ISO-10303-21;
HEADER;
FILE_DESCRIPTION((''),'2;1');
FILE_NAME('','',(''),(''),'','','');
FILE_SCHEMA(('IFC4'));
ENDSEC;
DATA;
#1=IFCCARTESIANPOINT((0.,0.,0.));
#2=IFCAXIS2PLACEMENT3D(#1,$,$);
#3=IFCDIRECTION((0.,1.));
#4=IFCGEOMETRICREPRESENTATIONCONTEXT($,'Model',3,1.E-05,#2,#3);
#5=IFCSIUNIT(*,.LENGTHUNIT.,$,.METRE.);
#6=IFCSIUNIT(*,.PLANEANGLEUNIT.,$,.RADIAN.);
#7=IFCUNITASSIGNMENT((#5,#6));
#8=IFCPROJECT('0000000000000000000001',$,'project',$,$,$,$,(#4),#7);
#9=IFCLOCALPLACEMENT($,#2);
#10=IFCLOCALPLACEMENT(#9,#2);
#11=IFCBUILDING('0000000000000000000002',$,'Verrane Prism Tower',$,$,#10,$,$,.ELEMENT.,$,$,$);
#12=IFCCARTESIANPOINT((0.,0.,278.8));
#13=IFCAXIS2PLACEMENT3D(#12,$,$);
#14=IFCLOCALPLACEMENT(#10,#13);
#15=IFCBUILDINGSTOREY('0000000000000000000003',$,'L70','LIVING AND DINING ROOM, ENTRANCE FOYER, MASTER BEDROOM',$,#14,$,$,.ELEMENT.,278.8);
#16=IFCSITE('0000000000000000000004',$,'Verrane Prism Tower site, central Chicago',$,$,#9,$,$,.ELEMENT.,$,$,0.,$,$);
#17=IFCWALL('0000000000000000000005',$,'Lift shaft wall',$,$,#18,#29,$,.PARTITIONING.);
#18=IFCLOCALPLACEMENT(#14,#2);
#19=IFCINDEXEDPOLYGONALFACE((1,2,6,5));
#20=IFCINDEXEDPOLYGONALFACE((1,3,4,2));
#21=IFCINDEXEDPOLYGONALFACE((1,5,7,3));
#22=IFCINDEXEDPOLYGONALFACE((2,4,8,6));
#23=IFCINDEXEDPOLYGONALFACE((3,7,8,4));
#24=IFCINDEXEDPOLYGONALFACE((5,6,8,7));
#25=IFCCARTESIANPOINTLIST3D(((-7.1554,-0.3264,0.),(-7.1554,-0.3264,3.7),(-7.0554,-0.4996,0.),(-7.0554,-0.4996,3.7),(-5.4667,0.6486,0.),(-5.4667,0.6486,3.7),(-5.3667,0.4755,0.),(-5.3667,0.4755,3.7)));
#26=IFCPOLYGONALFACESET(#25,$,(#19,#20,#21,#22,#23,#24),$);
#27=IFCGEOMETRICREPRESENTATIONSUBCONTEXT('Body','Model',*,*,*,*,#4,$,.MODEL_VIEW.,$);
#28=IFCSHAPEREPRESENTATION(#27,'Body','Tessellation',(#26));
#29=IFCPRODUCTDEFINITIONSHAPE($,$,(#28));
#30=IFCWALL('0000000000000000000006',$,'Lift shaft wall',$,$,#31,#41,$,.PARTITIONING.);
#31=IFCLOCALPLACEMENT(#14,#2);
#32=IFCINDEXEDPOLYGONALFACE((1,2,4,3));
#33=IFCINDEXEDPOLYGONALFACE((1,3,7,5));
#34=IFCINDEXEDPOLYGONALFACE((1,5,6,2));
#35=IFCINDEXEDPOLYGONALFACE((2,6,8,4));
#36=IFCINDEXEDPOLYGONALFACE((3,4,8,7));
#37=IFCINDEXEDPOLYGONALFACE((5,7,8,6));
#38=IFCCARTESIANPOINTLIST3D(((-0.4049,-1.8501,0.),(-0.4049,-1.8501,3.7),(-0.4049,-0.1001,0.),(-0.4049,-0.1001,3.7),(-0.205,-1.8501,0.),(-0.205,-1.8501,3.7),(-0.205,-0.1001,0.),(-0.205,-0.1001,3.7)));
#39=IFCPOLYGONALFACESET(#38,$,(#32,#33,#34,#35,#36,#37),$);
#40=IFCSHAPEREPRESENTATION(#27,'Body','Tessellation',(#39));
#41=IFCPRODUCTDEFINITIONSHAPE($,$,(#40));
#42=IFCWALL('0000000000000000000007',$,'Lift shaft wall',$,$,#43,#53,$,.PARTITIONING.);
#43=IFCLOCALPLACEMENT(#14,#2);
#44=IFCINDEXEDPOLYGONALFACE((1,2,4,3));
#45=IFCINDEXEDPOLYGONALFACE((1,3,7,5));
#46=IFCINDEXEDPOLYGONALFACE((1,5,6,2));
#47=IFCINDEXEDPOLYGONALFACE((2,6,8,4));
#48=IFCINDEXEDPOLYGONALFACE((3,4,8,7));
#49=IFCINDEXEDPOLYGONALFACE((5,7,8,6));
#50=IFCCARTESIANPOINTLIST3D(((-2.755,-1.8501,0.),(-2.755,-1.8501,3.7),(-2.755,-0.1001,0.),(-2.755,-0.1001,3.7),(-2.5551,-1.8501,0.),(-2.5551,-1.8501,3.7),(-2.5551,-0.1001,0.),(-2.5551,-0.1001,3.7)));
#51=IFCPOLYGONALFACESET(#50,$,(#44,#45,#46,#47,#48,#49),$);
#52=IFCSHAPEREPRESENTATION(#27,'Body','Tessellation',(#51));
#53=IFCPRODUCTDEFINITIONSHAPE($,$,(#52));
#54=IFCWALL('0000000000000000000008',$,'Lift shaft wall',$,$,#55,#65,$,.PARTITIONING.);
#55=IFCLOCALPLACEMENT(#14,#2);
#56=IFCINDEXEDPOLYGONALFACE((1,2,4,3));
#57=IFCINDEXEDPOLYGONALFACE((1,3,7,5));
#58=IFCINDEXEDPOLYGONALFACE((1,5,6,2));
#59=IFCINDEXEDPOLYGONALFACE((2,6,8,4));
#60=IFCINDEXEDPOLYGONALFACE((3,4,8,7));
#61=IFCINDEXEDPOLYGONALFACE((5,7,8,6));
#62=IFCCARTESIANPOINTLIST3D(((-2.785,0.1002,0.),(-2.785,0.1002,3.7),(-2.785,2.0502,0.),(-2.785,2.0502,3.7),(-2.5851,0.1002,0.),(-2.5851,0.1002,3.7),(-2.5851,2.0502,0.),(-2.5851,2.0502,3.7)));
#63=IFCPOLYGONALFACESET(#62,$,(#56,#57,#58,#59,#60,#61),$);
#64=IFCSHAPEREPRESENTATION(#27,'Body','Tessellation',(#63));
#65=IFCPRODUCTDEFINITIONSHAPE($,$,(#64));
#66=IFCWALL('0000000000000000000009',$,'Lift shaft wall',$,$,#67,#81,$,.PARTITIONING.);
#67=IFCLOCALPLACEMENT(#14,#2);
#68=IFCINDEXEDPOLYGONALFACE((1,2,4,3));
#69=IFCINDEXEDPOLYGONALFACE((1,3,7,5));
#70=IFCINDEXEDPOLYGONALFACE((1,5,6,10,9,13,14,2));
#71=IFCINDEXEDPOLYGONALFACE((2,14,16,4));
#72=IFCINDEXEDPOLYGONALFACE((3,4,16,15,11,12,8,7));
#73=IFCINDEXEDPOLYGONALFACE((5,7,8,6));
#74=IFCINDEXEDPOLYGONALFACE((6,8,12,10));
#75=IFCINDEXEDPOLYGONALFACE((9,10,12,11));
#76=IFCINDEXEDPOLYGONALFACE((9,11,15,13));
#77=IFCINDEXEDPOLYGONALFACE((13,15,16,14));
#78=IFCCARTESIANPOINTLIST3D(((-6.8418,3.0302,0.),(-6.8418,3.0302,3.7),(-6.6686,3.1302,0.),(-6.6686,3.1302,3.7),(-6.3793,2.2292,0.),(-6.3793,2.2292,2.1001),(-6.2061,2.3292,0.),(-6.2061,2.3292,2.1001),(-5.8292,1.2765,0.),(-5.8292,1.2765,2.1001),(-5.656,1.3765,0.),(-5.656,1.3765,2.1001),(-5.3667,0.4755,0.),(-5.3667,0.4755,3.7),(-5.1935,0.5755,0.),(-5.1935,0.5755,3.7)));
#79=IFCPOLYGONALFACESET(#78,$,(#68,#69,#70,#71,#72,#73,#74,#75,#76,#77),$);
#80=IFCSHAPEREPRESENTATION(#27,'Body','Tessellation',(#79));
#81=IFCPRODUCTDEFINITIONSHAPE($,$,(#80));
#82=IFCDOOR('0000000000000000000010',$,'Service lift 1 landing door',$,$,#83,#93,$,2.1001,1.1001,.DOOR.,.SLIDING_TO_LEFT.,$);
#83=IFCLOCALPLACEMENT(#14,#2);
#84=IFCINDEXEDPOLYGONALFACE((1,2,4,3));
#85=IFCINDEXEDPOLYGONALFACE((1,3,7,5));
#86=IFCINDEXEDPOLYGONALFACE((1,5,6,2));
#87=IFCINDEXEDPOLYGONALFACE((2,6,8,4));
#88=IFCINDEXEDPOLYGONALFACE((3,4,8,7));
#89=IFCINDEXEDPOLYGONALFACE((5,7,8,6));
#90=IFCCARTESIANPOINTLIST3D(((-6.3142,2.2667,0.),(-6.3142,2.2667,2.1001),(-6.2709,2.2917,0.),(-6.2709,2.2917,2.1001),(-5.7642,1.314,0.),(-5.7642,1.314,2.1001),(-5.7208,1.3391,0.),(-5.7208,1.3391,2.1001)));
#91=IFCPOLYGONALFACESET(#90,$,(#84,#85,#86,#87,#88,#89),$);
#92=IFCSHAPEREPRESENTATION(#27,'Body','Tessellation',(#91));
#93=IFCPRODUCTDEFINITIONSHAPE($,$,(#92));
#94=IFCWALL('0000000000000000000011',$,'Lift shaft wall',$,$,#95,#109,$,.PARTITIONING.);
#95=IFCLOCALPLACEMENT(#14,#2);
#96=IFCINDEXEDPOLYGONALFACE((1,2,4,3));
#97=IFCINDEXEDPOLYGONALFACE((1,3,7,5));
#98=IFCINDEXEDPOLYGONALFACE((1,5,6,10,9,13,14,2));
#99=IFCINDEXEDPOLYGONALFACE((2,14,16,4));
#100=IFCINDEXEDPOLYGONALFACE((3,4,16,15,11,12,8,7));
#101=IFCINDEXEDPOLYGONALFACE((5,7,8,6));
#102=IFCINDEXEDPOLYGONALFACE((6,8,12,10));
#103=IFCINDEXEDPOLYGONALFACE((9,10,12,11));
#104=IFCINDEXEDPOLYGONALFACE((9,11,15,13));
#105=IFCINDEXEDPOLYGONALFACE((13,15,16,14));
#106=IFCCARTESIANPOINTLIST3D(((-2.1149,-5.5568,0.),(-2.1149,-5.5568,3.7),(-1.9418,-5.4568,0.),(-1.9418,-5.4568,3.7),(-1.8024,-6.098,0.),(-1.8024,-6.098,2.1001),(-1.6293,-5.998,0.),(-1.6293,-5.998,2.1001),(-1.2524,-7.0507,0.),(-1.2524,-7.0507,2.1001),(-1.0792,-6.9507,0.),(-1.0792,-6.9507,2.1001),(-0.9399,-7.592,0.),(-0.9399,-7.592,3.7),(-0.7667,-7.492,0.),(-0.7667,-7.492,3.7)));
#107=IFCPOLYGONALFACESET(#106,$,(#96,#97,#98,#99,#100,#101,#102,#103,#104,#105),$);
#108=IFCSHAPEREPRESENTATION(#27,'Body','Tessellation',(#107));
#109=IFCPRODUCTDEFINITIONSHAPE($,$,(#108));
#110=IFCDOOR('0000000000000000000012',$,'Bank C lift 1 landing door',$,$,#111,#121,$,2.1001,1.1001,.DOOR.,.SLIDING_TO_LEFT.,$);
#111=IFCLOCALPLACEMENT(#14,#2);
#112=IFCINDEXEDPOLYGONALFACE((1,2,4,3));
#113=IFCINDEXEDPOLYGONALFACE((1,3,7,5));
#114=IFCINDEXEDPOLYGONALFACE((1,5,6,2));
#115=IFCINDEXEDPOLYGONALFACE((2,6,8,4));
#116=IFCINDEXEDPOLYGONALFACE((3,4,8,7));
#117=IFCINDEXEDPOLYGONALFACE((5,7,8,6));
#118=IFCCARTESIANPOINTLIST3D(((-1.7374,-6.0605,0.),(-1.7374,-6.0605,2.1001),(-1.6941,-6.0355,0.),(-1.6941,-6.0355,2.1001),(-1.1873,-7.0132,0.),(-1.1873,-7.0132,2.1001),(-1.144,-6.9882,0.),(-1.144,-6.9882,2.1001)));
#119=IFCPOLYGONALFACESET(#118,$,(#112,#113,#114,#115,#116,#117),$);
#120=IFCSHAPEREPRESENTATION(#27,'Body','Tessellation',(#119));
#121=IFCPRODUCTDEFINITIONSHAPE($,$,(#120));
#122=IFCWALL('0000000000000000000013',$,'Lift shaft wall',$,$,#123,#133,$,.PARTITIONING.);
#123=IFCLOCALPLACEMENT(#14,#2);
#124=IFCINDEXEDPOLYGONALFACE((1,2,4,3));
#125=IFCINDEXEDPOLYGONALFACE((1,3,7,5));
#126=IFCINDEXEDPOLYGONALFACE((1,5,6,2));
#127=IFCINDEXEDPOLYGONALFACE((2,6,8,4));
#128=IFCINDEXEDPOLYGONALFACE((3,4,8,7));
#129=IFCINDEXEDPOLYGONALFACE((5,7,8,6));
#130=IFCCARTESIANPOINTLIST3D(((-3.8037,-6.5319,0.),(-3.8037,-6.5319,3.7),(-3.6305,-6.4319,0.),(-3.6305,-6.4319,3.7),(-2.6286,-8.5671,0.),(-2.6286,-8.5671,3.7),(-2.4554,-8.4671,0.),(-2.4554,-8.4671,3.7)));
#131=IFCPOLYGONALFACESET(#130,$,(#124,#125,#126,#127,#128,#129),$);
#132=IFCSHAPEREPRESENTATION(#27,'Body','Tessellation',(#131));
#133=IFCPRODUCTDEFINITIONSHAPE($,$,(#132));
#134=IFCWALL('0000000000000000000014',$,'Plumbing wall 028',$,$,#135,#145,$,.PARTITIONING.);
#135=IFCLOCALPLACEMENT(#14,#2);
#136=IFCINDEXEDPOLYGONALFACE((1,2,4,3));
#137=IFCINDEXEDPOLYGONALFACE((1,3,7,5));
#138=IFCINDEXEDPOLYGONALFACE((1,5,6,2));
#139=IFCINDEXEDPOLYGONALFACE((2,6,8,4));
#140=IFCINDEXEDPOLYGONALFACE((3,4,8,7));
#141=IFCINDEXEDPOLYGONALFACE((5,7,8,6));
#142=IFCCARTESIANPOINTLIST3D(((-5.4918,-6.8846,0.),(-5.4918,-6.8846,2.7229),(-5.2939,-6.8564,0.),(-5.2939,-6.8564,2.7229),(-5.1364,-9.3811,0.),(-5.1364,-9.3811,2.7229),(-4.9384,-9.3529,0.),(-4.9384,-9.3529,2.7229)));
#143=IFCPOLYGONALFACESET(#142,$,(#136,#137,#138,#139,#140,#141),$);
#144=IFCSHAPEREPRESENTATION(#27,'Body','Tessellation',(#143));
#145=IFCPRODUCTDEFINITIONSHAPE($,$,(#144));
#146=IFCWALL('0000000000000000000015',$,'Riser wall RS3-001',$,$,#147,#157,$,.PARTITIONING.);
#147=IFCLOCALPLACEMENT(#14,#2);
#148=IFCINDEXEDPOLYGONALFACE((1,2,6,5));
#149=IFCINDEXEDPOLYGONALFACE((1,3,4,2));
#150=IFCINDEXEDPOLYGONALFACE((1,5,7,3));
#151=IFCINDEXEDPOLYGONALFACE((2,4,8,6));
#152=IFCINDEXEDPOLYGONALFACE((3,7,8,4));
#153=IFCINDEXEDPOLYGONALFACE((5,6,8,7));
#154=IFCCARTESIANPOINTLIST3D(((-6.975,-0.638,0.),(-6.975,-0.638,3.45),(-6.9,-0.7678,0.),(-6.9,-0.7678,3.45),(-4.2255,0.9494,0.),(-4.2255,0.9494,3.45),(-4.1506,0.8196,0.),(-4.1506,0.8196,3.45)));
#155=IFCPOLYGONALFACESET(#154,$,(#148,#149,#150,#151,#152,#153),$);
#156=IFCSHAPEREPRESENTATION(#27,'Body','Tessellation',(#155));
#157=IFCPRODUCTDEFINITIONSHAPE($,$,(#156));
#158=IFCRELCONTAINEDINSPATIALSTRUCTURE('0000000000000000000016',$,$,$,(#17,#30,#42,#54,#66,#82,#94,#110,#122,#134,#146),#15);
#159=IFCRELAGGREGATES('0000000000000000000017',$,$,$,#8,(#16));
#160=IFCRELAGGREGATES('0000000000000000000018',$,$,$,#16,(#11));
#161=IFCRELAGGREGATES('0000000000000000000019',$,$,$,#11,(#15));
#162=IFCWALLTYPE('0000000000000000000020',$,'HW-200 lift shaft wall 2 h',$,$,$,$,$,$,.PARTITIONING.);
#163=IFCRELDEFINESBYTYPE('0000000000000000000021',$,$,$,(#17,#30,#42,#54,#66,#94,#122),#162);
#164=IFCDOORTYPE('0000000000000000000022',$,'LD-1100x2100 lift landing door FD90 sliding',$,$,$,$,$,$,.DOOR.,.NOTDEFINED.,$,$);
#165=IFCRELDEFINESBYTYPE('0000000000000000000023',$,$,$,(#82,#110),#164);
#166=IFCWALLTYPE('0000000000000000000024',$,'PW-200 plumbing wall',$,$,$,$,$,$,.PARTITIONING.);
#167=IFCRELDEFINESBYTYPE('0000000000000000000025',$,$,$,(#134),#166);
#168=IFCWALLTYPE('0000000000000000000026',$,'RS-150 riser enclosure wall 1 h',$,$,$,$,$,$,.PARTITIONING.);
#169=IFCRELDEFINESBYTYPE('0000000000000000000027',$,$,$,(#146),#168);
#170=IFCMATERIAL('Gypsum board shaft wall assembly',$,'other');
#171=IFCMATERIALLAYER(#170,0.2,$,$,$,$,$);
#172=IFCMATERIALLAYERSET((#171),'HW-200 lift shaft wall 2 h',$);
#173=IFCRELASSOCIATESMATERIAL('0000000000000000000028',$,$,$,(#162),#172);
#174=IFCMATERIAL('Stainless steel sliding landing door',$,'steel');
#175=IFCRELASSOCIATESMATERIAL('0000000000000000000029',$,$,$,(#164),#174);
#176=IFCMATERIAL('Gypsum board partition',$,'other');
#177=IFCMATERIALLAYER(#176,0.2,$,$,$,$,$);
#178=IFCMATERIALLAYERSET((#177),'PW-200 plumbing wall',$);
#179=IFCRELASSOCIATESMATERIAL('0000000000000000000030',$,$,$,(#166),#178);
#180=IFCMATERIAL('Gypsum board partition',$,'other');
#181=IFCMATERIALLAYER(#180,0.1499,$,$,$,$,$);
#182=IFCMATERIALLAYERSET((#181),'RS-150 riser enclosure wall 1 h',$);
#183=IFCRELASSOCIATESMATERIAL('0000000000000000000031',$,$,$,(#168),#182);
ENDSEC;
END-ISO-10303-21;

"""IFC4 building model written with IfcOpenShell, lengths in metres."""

from ifc_helpers import new_model, si_unit, direction, frame, frame_2d, origin, place, context, subcontext, project, spatial, rectangle, extrude, material, layer, layer_set, type_object, element, fill, save


model = new_model("IFC4")

# Units and contexts
model_context = context("Model", 3, precision=1e-05, world=origin(), true_north=direction((0.0, 1.0)))
body_context = subcontext(model_context, "Body", "Model", "MODEL_VIEW")
ifc_project = project(units=[si_unit("LENGTHUNIT", "METRE"), si_unit("PLANEANGLEUNIT", "RADIAN")], contexts=[model_context])

# Site, building, storey
site_placement = place(None, origin())
site = spatial("IfcSite", under=ifc_project, at=site_placement, Name="Verrane Prism Tower site, central Chicago", CompositionType="ELEMENT", RefElevation=0.0)
building_placement = place(site_placement, origin())
building = spatial("IfcBuilding", under=site, at=building_placement, Name="Verrane Prism Tower", CompositionType="ELEMENT")
storey_placement = place(building_placement, frame((0.0, 0.0, 278.8)))
storey = spatial("IfcBuildingStorey", under=building, at=storey_placement, Name="L70", Description="LIVING AND DINING ROOM, ENTRANCE FOYER, MASTER BEDROOM", CompositionType="ELEMENT", Elevation=278.8)

# Shared definitions
ifc_material_1 = material(Name="Gypsum board shaft wall assembly", Category="other")
ifc_layer_1 = layer(ifc_material_1, 0.2)
ifc_layer_set_1 = layer_set([ifc_layer_1], Name="HW-200 lift shaft wall 2 h")
wall_type_1 = type_object("IfcWallType", Name="HW-200 lift shaft wall 2 h", PredefinedType="PARTITIONING", material=ifc_layer_set_1)
ifc_material_2 = material(Name="Stainless steel sliding landing door", Category="steel")
door_type_1 = type_object("IfcDoorType", Name="LD-1100x2100 lift landing door FD90 sliding", OperationType="NOTDEFINED", PredefinedType="DOOR", material=ifc_material_2)

# Walls
wall_1_placement = place(storey_placement, frame((-7.1055, -0.4131, 0.0), z_axis=(0.0, 0.0, 1.0), x_axis=(0.866, 0.500044, 0.0)))
element("IfcWall", 1, at=wall_1_placement, inside=storey, type_object=wall_type_1, Name="Lift shaft wall", PredefinedType="PARTITIONING", context=body_context, shape_type="SweptSolid", body=[
    extrude(rectangle(XDim=1.95, YDim=0.2, at=frame_2d((0.9751, 0.0))), origin(), (0.0, 0.0, 1.0), 3.7),
])
for number, where, z_axis, x_axis, name in (
    (2, (-0.3049, -1.8501, 0.0), (0.0, 0.0, 1.0), (0.0, 1.0, 0.0), "Lift shaft wall"),
    (3, (-2.655, -1.8501, 0.0), (0.0, 0.0, 1.0), (0.0, 1.0, 0.0), "Lift shaft wall"),
):
    element("IfcWall", number, at=place(storey_placement, frame(where, z_axis=z_axis, x_axis=x_axis)), inside=storey, type_object=wall_type_1, Name=name, PredefinedType="PARTITIONING", context=body_context, shape_type="SweptSolid", body=[
        extrude(rectangle(XDim=1.75, YDim=0.2, at=frame_2d((0.875, 0.0))), origin(), (0.0, 0.0, 1.0), 3.7),
    ])
wall_2_placement = place(storey_placement, frame((-2.6851, 0.1001, 0.0), z_axis=(0.0, 0.0, 1.0), x_axis=(0.0, 1.0, 0.0)))
element("IfcWall", 4, at=wall_2_placement, inside=storey, type_object=wall_type_1, Name="Lift shaft wall", PredefinedType="PARTITIONING", context=body_context, shape_type="SweptSolid", body=[
    extrude(rectangle(XDim=1.95, YDim=0.2, at=frame_2d((0.9751, 0.0))), origin(), (0.0, 0.0, 1.0), 3.7),
])

# Walls, openings, doors
wall_3_placement = place(storey_placement, frame((-5.28, 0.5254, 0.0), z_axis=(0.0, 0.0, 1.0), x_axis=(-0.500038, 0.866004, 0.0)))
wall_3 = element("IfcWall", 5, at=wall_3_placement, inside=storey, type_object=wall_type_1, Name="Lift shaft wall", PredefinedType="PARTITIONING", context=body_context, shape_type="SweptSolid", body=[
    extrude(rectangle(XDim=2.95, YDim=0.2, at=frame_2d((1.4751, 0.0))), origin(), (0.0, 0.0, 1.0), 3.7),
])
opening_1_placement = place(wall_3_placement, frame((0.925, 0.0, 0.0)))
opening_1 = element("IfcOpeningElement", 6, at=opening_1_placement, cuts=wall_3, PredefinedType="OPENING", context=body_context, shape_type="SweptSolid", body=[
    extrude(rectangle(XDim=1.1001, YDim=2.1001, at=frame_2d((0.55, 1.05))), frame((0.0, 0.1099, 0.0), z_axis=(0.0, -1.0, 0.0), x_axis=(1.0, 0.0, 0.0)), (0.0, 0.0, 1.0), 0.22),
])
door_1_placement = place(opening_1_placement, origin())
door_1 = element("IfcDoor", 7, at=door_1_placement, inside=storey, type_object=door_type_1, Name="Service lift 1 landing door", OperationType="SLIDING_TO_LEFT", OverallHeight=2.1001, OverallWidth=1.1001, PredefinedType="DOOR", context=body_context, shape_type="SweptSolid", body=[
    extrude(rectangle(XDim=1.1001, YDim=2.1001, at=frame_2d((0.55, 1.05))), frame((0.0, 0.0249, 0.0), z_axis=(0.0, -1.0, 0.0), x_axis=(1.0, 0.0, 0.0)), (0.0, 0.0, 1.0), 0.05),
])
fill(opening_1, door_1)
wall_4_placement = place(storey_placement, frame((-0.8533, -7.542, 0.0), z_axis=(0.0, 0.0, 1.0), x_axis=(-0.500016, 0.866016, 0.0)))
wall_4 = element("IfcWall", 8, at=wall_4_placement, inside=storey, type_object=wall_type_1, Name="Lift shaft wall", PredefinedType="PARTITIONING", context=body_context, shape_type="SweptSolid", body=[
    extrude(rectangle(XDim=2.3501, YDim=0.2, at=frame_2d((1.175, 0.0))), origin(), (0.0, 0.0, 1.0), 3.7),
])
opening_2_placement = place(wall_4_placement, frame((0.625, 0.0, 0.0)))
opening_2 = element("IfcOpeningElement", 9, at=opening_2_placement, cuts=wall_4, PredefinedType="OPENING", context=body_context, shape_type="SweptSolid", body=[
    extrude(rectangle(XDim=1.1001, YDim=2.1001, at=frame_2d((0.55, 1.05))), frame((0.0, 0.1099, 0.0), z_axis=(0.0, -1.0, 0.0), x_axis=(1.0, 0.0, 0.0)), (0.0, 0.0, 1.0), 0.22),
])
door_2_placement = place(opening_2_placement, origin())
door_2 = element("IfcDoor", 10, at=door_2_placement, inside=storey, type_object=door_type_1, Name="Bank C lift 1 landing door", OperationType="SLIDING_TO_LEFT", OverallHeight=2.1001, OverallWidth=1.1001, PredefinedType="DOOR", context=body_context, shape_type="SweptSolid", body=[
    extrude(rectangle(XDim=1.1001, YDim=2.1001, at=frame_2d((0.55, 1.05))), frame((0.0, 0.0249, 0.0), z_axis=(0.0, -1.0, 0.0), x_axis=(1.0, 0.0, 0.0)), (0.0, 0.0, 1.0), 0.05),
])
fill(opening_2, door_2)

# Walls
wall_5_placement = place(storey_placement, frame((-2.542, -8.5171, 0.0), z_axis=(0.0, 0.0, 1.0), x_axis=(-0.500016, 0.866016, 0.0)))
element("IfcWall", 11, at=wall_5_placement, inside=storey, type_object=wall_type_1, Name="Lift shaft wall", PredefinedType="PARTITIONING", context=body_context, shape_type="SweptSolid", body=[
    extrude(rectangle(XDim=2.3501, YDim=0.2, at=frame_2d((1.175, 0.0))), origin(), (0.0, 0.0, 1.0), 3.7),
])
ifc_material_3 = material(Name="Gypsum board partition", Category="other")
ifc_layer_2 = layer(ifc_material_3, 0.2)
ifc_layer_set_2 = layer_set([ifc_layer_2], Name="PW-200 plumbing wall")
wall_type_2 = type_object("IfcWallType", Name="PW-200 plumbing wall", PredefinedType="PARTITIONING", material=ifc_layer_set_2)
wall_6_placement = place(storey_placement, frame((-5.3928, -6.8706, 0.0), z_axis=(0.0, 0.0, 1.0), x_axis=(0.140961, -0.990015, 0.0)))
element("IfcWall", 12, at=wall_6_placement, inside=storey, type_object=wall_type_2, Name="Plumbing wall 028", PredefinedType="PARTITIONING", context=body_context, shape_type="SweptSolid", body=[
    extrude(rectangle(XDim=2.5217, YDim=0.2, at=frame_2d((1.2607, 0.0))), origin(), (0.0, 0.0, 1.0), 2.7229),
])
ifc_material_4 = material(Name="Gypsum board partition", Category="other")
ifc_layer_3 = layer(ifc_material_4, 0.1499)
ifc_layer_set_3 = layer_set([ifc_layer_3], Name="RS-150 riser enclosure wall 1 h")
wall_type_3 = type_object("IfcWallType", Name="RS-150 riser enclosure wall 1 h", PredefinedType="PARTITIONING", material=ifc_layer_set_3)
wall_7_placement = place(storey_placement, frame((-6.9375, -0.7029, 0.0), z_axis=(0.0, 0.0, 1.0), x_axis=(0.866029, 0.499993, 0.0)))
element("IfcWall", 13, at=wall_7_placement, inside=storey, type_object=wall_type_3, Name="Riser wall RS3-001", PredefinedType="PARTITIONING", context=body_context, shape_type="SweptSolid", body=[
    extrude(rectangle(XDim=3.1748, YDim=0.1499, at=frame_2d((1.5874, 0.0))), origin(), (0.0, 0.0, 1.0), 3.45),
])

save(model, "model.ifc")
